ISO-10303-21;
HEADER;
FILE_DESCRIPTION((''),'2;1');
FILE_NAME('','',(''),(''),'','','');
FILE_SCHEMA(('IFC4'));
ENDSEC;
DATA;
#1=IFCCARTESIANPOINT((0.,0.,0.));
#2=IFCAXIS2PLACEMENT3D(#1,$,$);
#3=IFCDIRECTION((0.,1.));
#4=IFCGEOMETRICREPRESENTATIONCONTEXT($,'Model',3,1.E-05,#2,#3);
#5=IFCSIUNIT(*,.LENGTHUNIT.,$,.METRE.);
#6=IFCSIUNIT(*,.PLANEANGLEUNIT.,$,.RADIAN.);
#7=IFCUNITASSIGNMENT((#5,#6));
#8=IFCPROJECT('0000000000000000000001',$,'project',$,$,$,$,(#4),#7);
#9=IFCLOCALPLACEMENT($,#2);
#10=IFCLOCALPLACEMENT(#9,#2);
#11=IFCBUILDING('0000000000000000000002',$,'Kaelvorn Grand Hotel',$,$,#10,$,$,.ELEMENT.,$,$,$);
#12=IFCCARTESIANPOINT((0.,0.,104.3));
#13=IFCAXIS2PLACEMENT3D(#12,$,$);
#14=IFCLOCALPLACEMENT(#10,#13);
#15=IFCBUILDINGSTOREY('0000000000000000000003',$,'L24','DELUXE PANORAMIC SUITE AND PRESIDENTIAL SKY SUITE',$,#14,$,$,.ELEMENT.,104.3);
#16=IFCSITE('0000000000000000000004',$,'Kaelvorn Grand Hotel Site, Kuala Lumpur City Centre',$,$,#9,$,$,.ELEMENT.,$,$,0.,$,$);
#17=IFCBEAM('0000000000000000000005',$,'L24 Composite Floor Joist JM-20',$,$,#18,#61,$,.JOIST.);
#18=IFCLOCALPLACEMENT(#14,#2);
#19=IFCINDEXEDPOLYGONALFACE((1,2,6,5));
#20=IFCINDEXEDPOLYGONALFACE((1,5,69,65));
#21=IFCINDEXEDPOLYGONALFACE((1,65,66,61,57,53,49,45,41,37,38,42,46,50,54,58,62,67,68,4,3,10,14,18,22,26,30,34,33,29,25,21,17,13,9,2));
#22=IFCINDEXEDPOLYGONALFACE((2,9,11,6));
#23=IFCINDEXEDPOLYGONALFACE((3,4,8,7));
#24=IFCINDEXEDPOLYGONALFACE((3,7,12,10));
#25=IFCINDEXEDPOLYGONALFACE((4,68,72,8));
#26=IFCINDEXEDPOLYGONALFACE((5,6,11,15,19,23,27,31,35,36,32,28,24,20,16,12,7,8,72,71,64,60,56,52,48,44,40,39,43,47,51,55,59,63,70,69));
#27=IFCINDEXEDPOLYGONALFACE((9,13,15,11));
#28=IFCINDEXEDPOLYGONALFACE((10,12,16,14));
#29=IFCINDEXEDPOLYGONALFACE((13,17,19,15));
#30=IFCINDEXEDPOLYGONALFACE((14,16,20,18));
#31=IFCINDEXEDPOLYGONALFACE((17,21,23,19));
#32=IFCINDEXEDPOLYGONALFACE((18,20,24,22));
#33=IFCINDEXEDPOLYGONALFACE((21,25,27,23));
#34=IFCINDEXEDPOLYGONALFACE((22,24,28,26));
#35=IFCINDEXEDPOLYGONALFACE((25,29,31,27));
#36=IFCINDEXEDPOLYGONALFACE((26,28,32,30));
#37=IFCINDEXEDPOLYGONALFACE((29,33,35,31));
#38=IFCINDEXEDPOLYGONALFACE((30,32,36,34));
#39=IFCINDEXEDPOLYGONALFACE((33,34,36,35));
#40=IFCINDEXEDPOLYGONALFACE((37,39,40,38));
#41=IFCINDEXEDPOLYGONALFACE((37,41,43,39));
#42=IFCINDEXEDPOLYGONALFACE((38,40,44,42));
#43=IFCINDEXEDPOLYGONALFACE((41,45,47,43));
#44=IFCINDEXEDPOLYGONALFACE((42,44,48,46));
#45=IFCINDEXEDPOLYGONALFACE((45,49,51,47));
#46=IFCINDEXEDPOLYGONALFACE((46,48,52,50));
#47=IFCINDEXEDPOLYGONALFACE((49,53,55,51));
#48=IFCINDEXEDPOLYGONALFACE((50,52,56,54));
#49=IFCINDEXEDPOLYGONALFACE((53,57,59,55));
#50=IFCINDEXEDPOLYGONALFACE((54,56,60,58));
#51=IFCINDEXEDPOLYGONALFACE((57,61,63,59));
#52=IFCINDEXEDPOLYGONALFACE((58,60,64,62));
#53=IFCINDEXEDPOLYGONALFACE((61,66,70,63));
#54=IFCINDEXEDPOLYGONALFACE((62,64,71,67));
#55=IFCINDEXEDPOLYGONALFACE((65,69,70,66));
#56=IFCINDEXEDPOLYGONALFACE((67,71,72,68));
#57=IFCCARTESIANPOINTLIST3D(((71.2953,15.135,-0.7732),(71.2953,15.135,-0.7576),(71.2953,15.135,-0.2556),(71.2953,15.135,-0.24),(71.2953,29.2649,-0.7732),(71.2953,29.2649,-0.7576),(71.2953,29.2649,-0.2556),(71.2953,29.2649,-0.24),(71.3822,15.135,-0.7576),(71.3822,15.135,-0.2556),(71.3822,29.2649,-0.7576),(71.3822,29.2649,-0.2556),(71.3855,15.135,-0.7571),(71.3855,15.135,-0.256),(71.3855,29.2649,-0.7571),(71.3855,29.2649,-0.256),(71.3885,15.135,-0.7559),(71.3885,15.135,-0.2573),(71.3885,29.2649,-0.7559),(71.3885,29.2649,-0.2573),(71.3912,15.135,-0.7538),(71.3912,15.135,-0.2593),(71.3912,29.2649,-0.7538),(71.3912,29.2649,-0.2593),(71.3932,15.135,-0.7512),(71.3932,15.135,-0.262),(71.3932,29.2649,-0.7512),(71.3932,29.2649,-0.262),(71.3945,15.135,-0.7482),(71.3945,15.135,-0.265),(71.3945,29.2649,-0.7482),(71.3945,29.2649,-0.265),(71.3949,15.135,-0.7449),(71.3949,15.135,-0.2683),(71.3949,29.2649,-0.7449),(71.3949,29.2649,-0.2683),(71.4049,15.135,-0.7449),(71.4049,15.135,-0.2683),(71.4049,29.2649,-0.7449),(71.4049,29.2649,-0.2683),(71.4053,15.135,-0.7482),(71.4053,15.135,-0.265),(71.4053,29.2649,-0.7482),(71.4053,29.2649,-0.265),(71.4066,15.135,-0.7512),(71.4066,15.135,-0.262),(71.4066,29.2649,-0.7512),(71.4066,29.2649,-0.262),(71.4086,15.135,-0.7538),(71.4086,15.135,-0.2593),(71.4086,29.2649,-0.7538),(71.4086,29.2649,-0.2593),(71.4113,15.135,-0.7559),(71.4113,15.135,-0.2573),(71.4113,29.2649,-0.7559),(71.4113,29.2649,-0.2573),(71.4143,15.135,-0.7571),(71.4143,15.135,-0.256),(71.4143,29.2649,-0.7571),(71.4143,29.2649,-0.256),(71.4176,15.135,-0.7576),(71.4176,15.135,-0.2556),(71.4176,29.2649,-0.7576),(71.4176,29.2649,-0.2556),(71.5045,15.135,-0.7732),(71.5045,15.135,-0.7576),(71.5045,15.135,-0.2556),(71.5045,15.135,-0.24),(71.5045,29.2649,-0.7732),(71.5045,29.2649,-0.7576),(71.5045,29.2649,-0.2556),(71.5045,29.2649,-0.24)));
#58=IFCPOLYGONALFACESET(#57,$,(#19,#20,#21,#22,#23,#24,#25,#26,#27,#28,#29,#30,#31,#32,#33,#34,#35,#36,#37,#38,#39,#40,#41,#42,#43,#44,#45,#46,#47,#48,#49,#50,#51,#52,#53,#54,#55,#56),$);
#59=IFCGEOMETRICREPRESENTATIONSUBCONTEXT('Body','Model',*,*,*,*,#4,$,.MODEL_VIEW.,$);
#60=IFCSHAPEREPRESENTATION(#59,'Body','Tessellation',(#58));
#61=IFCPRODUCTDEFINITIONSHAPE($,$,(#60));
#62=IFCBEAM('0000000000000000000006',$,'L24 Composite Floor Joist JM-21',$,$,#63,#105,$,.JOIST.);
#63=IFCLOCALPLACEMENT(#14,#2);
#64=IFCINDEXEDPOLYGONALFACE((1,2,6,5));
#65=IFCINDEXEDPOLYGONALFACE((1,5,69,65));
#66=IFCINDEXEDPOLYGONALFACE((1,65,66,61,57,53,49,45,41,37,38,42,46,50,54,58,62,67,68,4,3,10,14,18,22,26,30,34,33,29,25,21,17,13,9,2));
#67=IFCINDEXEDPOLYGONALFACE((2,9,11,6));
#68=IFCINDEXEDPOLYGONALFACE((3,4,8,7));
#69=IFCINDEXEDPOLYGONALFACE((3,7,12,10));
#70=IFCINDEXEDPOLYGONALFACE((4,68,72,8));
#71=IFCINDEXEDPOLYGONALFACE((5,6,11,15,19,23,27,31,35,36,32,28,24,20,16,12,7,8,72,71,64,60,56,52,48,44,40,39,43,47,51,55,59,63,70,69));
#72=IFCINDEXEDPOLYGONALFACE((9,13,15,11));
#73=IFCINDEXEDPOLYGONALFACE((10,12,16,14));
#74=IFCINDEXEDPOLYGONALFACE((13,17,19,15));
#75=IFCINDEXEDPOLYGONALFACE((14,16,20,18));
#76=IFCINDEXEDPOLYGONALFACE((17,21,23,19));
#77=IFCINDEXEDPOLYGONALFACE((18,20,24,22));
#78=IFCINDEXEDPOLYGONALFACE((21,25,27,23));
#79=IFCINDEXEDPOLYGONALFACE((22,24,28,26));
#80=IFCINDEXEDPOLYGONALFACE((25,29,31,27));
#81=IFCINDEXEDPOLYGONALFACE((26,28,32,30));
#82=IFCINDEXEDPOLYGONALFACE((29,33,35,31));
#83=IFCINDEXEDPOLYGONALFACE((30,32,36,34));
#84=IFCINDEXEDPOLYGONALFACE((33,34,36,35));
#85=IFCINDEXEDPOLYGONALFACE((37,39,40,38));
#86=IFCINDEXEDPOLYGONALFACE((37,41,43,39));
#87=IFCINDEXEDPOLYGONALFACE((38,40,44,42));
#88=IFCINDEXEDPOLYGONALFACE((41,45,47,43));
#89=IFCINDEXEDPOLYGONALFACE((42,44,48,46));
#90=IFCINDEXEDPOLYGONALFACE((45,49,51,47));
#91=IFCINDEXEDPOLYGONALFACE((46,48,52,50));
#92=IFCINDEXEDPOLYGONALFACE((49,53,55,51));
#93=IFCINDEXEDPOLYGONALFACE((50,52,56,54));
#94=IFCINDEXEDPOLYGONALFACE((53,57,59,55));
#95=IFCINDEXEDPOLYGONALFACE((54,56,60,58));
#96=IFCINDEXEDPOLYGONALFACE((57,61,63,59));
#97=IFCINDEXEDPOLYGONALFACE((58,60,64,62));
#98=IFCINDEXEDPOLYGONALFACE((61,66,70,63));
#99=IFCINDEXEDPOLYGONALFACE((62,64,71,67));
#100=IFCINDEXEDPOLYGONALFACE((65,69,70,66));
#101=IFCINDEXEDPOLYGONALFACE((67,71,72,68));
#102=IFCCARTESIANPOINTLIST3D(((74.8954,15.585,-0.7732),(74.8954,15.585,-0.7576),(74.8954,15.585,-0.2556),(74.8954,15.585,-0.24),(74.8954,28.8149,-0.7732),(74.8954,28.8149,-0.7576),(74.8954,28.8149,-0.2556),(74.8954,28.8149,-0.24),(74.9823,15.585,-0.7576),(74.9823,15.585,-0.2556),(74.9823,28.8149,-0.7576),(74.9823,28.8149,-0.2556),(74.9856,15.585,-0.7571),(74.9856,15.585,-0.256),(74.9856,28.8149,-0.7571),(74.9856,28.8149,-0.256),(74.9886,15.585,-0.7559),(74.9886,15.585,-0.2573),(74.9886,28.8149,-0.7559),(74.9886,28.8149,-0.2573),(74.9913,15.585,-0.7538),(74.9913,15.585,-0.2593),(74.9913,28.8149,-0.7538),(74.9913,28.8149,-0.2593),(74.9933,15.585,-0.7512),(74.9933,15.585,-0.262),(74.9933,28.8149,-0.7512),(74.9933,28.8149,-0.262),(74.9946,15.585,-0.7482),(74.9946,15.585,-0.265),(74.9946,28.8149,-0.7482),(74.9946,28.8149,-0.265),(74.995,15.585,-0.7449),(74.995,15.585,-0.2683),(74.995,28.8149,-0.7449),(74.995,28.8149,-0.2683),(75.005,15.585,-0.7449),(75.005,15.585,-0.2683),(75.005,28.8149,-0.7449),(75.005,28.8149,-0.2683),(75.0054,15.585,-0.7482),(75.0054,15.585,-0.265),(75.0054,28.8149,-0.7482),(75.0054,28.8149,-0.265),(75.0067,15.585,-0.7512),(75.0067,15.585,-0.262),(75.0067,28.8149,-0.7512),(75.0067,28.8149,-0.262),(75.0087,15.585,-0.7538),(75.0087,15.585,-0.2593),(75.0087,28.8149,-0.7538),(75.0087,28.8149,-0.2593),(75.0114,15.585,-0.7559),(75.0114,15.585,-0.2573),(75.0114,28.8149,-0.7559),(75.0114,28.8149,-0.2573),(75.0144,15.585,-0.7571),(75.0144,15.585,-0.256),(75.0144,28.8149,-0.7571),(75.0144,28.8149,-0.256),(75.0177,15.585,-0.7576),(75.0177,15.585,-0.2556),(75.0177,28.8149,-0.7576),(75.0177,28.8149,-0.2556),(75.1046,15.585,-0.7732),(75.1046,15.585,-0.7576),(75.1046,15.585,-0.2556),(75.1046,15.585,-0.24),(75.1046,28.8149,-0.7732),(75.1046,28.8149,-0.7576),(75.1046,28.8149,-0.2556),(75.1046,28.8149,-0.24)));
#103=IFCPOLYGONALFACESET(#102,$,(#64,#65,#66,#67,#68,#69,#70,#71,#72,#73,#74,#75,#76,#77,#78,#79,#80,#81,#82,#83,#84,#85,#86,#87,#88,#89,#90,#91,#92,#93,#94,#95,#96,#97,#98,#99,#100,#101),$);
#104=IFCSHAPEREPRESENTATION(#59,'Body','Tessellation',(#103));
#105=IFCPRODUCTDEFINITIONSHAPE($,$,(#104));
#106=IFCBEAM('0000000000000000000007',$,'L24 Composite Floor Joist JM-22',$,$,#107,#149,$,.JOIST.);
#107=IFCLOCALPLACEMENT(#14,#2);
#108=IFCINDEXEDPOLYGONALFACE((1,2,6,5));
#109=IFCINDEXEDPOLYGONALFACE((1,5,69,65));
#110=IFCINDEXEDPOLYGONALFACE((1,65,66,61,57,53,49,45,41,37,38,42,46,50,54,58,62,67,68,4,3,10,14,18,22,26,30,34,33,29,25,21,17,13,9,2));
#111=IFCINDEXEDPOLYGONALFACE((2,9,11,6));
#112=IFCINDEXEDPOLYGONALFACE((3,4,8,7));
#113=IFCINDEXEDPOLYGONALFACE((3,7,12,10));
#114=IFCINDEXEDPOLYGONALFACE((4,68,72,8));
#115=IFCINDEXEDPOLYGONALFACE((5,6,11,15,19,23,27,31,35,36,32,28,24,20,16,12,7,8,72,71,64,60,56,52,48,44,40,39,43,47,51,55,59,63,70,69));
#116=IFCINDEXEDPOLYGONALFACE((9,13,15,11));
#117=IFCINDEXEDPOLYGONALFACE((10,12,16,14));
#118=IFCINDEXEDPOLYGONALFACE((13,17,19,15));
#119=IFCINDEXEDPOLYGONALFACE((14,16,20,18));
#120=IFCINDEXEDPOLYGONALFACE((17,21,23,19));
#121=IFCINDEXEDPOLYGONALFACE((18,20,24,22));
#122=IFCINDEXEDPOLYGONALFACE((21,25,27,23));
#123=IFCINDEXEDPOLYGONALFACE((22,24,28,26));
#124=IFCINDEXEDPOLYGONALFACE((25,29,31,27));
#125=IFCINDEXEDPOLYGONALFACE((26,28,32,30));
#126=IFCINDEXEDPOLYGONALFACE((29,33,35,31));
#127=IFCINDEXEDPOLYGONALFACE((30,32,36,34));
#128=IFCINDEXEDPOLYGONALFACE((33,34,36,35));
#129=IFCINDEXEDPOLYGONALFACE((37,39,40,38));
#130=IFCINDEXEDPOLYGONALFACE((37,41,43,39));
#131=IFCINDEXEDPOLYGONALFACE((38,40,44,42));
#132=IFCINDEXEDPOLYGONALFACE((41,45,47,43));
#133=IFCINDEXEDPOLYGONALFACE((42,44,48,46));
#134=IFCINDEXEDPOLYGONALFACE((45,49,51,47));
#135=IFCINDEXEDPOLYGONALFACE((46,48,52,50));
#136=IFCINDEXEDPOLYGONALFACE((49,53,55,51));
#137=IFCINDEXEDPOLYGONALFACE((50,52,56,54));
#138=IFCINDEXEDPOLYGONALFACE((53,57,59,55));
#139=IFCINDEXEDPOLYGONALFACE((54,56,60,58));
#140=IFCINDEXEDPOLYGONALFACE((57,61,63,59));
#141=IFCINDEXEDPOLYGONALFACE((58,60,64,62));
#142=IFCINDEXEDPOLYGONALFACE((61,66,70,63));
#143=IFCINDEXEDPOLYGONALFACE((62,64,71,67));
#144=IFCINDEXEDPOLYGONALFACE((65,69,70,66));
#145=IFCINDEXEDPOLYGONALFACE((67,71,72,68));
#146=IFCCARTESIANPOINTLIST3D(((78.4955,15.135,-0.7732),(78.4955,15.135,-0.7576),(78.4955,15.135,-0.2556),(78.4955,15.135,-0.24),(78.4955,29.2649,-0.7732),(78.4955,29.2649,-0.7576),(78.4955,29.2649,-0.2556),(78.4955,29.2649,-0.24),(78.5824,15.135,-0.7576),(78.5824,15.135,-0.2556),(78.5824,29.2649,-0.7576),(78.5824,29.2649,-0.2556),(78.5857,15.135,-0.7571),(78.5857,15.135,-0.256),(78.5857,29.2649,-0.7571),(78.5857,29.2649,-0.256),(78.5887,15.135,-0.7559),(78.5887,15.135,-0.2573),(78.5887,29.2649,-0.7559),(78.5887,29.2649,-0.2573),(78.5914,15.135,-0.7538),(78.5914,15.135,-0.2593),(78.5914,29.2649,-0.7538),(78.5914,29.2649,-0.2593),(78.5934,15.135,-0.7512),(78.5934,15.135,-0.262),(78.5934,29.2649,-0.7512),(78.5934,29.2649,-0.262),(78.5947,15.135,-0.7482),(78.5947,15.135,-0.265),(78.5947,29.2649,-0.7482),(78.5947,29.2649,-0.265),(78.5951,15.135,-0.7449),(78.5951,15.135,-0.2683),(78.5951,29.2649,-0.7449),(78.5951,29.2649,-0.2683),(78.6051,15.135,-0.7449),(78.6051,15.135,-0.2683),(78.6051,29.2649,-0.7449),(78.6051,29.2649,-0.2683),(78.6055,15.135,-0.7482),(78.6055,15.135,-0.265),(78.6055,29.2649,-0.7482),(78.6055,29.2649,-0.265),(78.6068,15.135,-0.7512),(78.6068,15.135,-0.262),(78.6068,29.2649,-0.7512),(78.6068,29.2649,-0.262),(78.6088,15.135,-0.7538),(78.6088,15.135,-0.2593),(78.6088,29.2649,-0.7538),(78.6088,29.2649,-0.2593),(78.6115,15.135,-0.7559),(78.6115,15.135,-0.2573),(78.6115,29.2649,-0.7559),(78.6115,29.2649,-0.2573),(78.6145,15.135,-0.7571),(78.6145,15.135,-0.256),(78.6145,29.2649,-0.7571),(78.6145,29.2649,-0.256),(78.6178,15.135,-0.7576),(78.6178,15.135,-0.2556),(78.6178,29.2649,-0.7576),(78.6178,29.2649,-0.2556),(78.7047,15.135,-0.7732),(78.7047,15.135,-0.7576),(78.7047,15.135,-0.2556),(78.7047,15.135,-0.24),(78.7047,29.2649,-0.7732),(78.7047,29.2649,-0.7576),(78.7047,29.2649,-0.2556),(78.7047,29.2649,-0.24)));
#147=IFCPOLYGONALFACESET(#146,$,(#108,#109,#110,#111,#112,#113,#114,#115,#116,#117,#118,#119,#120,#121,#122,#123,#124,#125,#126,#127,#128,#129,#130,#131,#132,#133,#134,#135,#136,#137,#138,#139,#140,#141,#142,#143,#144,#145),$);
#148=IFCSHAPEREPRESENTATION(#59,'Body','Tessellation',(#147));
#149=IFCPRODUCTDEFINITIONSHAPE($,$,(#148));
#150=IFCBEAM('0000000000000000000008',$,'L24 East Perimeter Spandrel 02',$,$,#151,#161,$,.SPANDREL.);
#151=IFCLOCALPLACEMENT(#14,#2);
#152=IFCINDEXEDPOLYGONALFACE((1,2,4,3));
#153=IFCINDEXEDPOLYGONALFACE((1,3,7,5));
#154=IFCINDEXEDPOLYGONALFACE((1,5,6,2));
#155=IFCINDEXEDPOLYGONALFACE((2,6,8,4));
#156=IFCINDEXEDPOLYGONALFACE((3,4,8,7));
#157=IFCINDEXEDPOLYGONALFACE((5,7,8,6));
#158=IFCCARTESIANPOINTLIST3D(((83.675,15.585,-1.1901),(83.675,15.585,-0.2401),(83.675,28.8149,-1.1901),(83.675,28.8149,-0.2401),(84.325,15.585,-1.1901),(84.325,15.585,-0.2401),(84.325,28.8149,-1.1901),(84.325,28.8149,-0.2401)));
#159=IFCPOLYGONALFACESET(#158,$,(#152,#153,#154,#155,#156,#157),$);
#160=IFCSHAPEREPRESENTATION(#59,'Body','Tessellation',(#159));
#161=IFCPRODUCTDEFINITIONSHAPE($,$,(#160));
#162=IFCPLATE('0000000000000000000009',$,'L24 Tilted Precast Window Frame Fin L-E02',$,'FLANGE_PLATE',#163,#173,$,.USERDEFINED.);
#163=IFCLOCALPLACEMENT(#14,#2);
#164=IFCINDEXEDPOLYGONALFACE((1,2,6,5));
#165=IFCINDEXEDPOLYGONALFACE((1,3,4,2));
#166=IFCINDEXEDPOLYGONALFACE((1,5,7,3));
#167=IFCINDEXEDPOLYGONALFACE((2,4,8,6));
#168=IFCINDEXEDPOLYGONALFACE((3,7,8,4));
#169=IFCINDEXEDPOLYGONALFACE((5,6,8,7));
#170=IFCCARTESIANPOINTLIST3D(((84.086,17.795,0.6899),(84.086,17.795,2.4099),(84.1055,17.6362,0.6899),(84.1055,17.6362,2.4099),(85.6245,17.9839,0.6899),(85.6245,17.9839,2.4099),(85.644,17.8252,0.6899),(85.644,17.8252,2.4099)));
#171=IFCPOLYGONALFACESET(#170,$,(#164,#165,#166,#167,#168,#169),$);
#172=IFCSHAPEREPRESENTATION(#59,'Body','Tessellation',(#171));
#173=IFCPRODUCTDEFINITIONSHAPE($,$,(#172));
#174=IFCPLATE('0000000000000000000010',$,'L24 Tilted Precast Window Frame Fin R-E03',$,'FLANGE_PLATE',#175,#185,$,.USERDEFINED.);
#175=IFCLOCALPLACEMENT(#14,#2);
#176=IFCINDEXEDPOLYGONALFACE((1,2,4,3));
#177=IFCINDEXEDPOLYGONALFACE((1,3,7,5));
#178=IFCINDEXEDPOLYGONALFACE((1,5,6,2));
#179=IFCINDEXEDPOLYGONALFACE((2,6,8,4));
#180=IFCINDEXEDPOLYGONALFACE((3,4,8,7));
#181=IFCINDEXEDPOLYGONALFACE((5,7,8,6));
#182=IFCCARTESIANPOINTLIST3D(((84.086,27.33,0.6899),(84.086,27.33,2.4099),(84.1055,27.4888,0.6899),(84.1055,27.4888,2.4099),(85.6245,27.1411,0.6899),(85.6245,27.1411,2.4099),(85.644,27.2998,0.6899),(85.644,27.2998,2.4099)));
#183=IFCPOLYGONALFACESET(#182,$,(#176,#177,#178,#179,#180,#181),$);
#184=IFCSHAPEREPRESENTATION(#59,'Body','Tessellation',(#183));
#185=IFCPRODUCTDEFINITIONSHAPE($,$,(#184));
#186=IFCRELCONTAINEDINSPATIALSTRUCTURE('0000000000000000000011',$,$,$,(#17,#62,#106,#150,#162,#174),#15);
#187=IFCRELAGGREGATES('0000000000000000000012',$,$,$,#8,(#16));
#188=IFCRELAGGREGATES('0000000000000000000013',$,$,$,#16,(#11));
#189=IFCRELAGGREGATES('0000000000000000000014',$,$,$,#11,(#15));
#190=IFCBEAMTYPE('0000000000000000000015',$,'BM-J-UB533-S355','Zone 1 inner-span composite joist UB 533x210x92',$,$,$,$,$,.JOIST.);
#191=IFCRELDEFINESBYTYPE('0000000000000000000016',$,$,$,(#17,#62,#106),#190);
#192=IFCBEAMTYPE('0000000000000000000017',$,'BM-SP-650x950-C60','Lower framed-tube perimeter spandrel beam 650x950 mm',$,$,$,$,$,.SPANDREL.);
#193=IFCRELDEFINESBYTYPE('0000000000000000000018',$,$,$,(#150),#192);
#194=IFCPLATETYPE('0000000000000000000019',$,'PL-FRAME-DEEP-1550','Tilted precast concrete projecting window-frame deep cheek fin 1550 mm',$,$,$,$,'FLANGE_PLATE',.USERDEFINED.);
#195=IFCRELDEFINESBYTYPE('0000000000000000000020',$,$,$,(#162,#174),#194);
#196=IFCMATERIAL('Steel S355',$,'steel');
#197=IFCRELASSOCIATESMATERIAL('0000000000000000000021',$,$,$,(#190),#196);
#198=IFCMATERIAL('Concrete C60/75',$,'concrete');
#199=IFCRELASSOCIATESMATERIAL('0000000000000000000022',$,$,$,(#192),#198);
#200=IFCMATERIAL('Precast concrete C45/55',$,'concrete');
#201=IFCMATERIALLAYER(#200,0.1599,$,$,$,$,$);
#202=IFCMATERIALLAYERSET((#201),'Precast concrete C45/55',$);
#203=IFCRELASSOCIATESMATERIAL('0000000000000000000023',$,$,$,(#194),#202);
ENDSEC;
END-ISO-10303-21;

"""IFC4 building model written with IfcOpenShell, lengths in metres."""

from ifc_helpers import new_model, si_unit, direction, frame, origin, origin_2d, place, context, subcontext, project, spatial, rectangle, i_section, extrude, material, layer, layer_set, material_profile, profile_set, type_object, element, save


model = new_model("IFC4")

# Units and contexts
model_context = context("Model", 3, precision=1e-05, world=origin(), true_north=direction((0.0, 1.0)))
body_context = subcontext(model_context, "Body", "Model", "MODEL_VIEW")
ifc_project = project(units=[si_unit("LENGTHUNIT", "METRE"), si_unit("PLANEANGLEUNIT", "RADIAN")], contexts=[model_context])

# Site, building, storey
site_placement = place(None, origin())
site = spatial("IfcSite", under=ifc_project, at=site_placement, Name="Kaelvorn Grand Hotel Site, Kuala Lumpur City Centre", CompositionType="ELEMENT", RefElevation=0.0)
building_placement = place(site_placement, origin())
building = spatial("IfcBuilding", under=site, at=building_placement, Name="Kaelvorn Grand Hotel", CompositionType="ELEMENT")
storey_placement = place(building_placement, frame((0.0, 0.0, 104.3)))
storey = spatial("IfcBuildingStorey", under=building, at=storey_placement, Name="L24", Description="DELUXE PANORAMIC SUITE AND PRESIDENTIAL SKY SUITE", CompositionType="ELEMENT", Elevation=104.3)

# Shared definitions
ifc_material_1 = material(Name="Concrete C60/75", Category="concrete")

# Beams
ifc_material_2 = material(Name="Steel S355", Category="steel")
ifc_material_profile_1 = material_profile(ifc_material_2, i_section(OverallWidth=0.2092, OverallDepth=0.5332, WebThickness=0.01, FlangeThickness=0.0156, FilletRadius=0.0127, at=origin_2d()), Name="UB 533x210x92")
ifc_profile_set_1 = profile_set([ifc_material_profile_1], Name="Steel S355")
beam_type_1 = type_object("IfcBeamType", Name="BM-J-UB533-S355", Description="Zone 1 inner-span composite joist UB 533x210x92", PredefinedType="JOIST", material=ifc_profile_set_1)
beam_1_placement = place(storey_placement, frame((71.3999, 15.135, -0.5066), z_axis=(0.0, 1.0, 0.0), x_axis=(-1.0, 0.0, 0.0)))
element("IfcBeam", 1, at=beam_1_placement, inside=storey, type_object=beam_type_1, Name="L24 Composite Floor Joist JM-20", PredefinedType="JOIST", context=body_context, shape_type="SweptSolid", body=[
    extrude(i_section(OverallWidth=0.2092, OverallDepth=0.5332, WebThickness=0.01, FlangeThickness=0.0156, FilletRadius=0.0127, at=origin_2d()), origin(), (0.0, 0.0, 1.0), 14.1299),
])
beam_2_placement = place(storey_placement, frame((75.0, 15.585, -0.5066), z_axis=(0.0, 1.0, 0.0), x_axis=(-1.0, 0.0, 0.0)))
element("IfcBeam", 2, at=beam_2_placement, inside=storey, type_object=beam_type_1, Name="L24 Composite Floor Joist JM-21", PredefinedType="JOIST", context=body_context, shape_type="SweptSolid", body=[
    extrude(i_section(OverallWidth=0.2092, OverallDepth=0.5332, WebThickness=0.01, FlangeThickness=0.0156, FilletRadius=0.0127, at=origin_2d()), origin(), (0.0, 0.0, 1.0), 13.23),
])
beam_3_placement = place(storey_placement, frame((78.6001, 15.135, -0.5066), z_axis=(0.0, 1.0, 0.0), x_axis=(-1.0, 0.0, 0.0)))
element("IfcBeam", 3, at=beam_3_placement, inside=storey, type_object=beam_type_1, Name="L24 Composite Floor Joist JM-22", PredefinedType="JOIST", context=body_context, shape_type="SweptSolid", body=[
    extrude(i_section(OverallWidth=0.2092, OverallDepth=0.5332, WebThickness=0.01, FlangeThickness=0.0156, FilletRadius=0.0127, at=origin_2d()), origin(), (0.0, 0.0, 1.0), 14.1299),
])
ifc_material_profile_2 = material_profile(ifc_material_1, rectangle(XDim=0.6499, YDim=0.95, at=origin_2d()), Name="RC SPANDREL 650x950")
ifc_profile_set_2 = profile_set([ifc_material_profile_2], Name="Concrete C60/75")
beam_type_2 = type_object("IfcBeamType", Name="BM-SP-650x950-C60", Description="Lower framed-tube perimeter spandrel beam 650x950 mm", PredefinedType="SPANDREL", material=ifc_profile_set_2)
beam_4_placement = place(storey_placement, frame((84.0, 15.585, -0.7151), z_axis=(0.0, 1.0, 0.0), x_axis=(-1.0, 0.0, 0.0)))
element("IfcBeam", 4, at=beam_4_placement, inside=storey, type_object=beam_type_2, Name="L24 East Perimeter Spandrel 02", PredefinedType="SPANDREL", context=body_context, shape_type="SweptSolid", body=[
    extrude(rectangle(XDim=0.6499, YDim=0.95, at=origin_2d()), origin(), (0.0, 0.0, 1.0), 13.23),
])

# Plates
ifc_material_3 = material(Name="Precast concrete C45/55", Category="concrete")
ifc_layer_1 = layer(ifc_material_3, 0.1599)
ifc_layer_set_1 = layer_set([ifc_layer_1], Name="Precast concrete C45/55")
plate_type_1 = type_object("IfcPlateType", Name="PL-FRAME-DEEP-1550", Description="Tilted precast concrete projecting window-frame deep cheek fin 1550 mm", ElementType="FLANGE_PLATE", PredefinedType="USERDEFINED", material=ifc_layer_set_1)
for number, where, z_axis, x_axis, name in (
    (5, (84.865, 17.8101, 0.6899), (0.0, 0.0, 1.0), (-0.121869, 0.992546, 0.0), "L24 Tilted Precast Window Frame Fin L-E02"),
    (6, (84.865, 27.3149, 0.6899), (0.0, 0.0, 1.0), (0.121869, 0.992546, 0.0), "L24 Tilted Precast Window Frame Fin R-E03"),
):
    element("IfcPlate", number, at=place(storey_placement, frame(where, z_axis=z_axis, x_axis=x_axis)), inside=storey, type_object=plate_type_1, Name=name, ObjectType="FLANGE_PLATE", PredefinedType="USERDEFINED", context=body_context, shape_type="SweptSolid", body=[
        extrude(rectangle(XDim=0.1599, YDim=1.55, at=origin_2d()), origin(), (0.0, 0.0, 1.0), 1.72),
    ])

save(model, "model.ifc")
